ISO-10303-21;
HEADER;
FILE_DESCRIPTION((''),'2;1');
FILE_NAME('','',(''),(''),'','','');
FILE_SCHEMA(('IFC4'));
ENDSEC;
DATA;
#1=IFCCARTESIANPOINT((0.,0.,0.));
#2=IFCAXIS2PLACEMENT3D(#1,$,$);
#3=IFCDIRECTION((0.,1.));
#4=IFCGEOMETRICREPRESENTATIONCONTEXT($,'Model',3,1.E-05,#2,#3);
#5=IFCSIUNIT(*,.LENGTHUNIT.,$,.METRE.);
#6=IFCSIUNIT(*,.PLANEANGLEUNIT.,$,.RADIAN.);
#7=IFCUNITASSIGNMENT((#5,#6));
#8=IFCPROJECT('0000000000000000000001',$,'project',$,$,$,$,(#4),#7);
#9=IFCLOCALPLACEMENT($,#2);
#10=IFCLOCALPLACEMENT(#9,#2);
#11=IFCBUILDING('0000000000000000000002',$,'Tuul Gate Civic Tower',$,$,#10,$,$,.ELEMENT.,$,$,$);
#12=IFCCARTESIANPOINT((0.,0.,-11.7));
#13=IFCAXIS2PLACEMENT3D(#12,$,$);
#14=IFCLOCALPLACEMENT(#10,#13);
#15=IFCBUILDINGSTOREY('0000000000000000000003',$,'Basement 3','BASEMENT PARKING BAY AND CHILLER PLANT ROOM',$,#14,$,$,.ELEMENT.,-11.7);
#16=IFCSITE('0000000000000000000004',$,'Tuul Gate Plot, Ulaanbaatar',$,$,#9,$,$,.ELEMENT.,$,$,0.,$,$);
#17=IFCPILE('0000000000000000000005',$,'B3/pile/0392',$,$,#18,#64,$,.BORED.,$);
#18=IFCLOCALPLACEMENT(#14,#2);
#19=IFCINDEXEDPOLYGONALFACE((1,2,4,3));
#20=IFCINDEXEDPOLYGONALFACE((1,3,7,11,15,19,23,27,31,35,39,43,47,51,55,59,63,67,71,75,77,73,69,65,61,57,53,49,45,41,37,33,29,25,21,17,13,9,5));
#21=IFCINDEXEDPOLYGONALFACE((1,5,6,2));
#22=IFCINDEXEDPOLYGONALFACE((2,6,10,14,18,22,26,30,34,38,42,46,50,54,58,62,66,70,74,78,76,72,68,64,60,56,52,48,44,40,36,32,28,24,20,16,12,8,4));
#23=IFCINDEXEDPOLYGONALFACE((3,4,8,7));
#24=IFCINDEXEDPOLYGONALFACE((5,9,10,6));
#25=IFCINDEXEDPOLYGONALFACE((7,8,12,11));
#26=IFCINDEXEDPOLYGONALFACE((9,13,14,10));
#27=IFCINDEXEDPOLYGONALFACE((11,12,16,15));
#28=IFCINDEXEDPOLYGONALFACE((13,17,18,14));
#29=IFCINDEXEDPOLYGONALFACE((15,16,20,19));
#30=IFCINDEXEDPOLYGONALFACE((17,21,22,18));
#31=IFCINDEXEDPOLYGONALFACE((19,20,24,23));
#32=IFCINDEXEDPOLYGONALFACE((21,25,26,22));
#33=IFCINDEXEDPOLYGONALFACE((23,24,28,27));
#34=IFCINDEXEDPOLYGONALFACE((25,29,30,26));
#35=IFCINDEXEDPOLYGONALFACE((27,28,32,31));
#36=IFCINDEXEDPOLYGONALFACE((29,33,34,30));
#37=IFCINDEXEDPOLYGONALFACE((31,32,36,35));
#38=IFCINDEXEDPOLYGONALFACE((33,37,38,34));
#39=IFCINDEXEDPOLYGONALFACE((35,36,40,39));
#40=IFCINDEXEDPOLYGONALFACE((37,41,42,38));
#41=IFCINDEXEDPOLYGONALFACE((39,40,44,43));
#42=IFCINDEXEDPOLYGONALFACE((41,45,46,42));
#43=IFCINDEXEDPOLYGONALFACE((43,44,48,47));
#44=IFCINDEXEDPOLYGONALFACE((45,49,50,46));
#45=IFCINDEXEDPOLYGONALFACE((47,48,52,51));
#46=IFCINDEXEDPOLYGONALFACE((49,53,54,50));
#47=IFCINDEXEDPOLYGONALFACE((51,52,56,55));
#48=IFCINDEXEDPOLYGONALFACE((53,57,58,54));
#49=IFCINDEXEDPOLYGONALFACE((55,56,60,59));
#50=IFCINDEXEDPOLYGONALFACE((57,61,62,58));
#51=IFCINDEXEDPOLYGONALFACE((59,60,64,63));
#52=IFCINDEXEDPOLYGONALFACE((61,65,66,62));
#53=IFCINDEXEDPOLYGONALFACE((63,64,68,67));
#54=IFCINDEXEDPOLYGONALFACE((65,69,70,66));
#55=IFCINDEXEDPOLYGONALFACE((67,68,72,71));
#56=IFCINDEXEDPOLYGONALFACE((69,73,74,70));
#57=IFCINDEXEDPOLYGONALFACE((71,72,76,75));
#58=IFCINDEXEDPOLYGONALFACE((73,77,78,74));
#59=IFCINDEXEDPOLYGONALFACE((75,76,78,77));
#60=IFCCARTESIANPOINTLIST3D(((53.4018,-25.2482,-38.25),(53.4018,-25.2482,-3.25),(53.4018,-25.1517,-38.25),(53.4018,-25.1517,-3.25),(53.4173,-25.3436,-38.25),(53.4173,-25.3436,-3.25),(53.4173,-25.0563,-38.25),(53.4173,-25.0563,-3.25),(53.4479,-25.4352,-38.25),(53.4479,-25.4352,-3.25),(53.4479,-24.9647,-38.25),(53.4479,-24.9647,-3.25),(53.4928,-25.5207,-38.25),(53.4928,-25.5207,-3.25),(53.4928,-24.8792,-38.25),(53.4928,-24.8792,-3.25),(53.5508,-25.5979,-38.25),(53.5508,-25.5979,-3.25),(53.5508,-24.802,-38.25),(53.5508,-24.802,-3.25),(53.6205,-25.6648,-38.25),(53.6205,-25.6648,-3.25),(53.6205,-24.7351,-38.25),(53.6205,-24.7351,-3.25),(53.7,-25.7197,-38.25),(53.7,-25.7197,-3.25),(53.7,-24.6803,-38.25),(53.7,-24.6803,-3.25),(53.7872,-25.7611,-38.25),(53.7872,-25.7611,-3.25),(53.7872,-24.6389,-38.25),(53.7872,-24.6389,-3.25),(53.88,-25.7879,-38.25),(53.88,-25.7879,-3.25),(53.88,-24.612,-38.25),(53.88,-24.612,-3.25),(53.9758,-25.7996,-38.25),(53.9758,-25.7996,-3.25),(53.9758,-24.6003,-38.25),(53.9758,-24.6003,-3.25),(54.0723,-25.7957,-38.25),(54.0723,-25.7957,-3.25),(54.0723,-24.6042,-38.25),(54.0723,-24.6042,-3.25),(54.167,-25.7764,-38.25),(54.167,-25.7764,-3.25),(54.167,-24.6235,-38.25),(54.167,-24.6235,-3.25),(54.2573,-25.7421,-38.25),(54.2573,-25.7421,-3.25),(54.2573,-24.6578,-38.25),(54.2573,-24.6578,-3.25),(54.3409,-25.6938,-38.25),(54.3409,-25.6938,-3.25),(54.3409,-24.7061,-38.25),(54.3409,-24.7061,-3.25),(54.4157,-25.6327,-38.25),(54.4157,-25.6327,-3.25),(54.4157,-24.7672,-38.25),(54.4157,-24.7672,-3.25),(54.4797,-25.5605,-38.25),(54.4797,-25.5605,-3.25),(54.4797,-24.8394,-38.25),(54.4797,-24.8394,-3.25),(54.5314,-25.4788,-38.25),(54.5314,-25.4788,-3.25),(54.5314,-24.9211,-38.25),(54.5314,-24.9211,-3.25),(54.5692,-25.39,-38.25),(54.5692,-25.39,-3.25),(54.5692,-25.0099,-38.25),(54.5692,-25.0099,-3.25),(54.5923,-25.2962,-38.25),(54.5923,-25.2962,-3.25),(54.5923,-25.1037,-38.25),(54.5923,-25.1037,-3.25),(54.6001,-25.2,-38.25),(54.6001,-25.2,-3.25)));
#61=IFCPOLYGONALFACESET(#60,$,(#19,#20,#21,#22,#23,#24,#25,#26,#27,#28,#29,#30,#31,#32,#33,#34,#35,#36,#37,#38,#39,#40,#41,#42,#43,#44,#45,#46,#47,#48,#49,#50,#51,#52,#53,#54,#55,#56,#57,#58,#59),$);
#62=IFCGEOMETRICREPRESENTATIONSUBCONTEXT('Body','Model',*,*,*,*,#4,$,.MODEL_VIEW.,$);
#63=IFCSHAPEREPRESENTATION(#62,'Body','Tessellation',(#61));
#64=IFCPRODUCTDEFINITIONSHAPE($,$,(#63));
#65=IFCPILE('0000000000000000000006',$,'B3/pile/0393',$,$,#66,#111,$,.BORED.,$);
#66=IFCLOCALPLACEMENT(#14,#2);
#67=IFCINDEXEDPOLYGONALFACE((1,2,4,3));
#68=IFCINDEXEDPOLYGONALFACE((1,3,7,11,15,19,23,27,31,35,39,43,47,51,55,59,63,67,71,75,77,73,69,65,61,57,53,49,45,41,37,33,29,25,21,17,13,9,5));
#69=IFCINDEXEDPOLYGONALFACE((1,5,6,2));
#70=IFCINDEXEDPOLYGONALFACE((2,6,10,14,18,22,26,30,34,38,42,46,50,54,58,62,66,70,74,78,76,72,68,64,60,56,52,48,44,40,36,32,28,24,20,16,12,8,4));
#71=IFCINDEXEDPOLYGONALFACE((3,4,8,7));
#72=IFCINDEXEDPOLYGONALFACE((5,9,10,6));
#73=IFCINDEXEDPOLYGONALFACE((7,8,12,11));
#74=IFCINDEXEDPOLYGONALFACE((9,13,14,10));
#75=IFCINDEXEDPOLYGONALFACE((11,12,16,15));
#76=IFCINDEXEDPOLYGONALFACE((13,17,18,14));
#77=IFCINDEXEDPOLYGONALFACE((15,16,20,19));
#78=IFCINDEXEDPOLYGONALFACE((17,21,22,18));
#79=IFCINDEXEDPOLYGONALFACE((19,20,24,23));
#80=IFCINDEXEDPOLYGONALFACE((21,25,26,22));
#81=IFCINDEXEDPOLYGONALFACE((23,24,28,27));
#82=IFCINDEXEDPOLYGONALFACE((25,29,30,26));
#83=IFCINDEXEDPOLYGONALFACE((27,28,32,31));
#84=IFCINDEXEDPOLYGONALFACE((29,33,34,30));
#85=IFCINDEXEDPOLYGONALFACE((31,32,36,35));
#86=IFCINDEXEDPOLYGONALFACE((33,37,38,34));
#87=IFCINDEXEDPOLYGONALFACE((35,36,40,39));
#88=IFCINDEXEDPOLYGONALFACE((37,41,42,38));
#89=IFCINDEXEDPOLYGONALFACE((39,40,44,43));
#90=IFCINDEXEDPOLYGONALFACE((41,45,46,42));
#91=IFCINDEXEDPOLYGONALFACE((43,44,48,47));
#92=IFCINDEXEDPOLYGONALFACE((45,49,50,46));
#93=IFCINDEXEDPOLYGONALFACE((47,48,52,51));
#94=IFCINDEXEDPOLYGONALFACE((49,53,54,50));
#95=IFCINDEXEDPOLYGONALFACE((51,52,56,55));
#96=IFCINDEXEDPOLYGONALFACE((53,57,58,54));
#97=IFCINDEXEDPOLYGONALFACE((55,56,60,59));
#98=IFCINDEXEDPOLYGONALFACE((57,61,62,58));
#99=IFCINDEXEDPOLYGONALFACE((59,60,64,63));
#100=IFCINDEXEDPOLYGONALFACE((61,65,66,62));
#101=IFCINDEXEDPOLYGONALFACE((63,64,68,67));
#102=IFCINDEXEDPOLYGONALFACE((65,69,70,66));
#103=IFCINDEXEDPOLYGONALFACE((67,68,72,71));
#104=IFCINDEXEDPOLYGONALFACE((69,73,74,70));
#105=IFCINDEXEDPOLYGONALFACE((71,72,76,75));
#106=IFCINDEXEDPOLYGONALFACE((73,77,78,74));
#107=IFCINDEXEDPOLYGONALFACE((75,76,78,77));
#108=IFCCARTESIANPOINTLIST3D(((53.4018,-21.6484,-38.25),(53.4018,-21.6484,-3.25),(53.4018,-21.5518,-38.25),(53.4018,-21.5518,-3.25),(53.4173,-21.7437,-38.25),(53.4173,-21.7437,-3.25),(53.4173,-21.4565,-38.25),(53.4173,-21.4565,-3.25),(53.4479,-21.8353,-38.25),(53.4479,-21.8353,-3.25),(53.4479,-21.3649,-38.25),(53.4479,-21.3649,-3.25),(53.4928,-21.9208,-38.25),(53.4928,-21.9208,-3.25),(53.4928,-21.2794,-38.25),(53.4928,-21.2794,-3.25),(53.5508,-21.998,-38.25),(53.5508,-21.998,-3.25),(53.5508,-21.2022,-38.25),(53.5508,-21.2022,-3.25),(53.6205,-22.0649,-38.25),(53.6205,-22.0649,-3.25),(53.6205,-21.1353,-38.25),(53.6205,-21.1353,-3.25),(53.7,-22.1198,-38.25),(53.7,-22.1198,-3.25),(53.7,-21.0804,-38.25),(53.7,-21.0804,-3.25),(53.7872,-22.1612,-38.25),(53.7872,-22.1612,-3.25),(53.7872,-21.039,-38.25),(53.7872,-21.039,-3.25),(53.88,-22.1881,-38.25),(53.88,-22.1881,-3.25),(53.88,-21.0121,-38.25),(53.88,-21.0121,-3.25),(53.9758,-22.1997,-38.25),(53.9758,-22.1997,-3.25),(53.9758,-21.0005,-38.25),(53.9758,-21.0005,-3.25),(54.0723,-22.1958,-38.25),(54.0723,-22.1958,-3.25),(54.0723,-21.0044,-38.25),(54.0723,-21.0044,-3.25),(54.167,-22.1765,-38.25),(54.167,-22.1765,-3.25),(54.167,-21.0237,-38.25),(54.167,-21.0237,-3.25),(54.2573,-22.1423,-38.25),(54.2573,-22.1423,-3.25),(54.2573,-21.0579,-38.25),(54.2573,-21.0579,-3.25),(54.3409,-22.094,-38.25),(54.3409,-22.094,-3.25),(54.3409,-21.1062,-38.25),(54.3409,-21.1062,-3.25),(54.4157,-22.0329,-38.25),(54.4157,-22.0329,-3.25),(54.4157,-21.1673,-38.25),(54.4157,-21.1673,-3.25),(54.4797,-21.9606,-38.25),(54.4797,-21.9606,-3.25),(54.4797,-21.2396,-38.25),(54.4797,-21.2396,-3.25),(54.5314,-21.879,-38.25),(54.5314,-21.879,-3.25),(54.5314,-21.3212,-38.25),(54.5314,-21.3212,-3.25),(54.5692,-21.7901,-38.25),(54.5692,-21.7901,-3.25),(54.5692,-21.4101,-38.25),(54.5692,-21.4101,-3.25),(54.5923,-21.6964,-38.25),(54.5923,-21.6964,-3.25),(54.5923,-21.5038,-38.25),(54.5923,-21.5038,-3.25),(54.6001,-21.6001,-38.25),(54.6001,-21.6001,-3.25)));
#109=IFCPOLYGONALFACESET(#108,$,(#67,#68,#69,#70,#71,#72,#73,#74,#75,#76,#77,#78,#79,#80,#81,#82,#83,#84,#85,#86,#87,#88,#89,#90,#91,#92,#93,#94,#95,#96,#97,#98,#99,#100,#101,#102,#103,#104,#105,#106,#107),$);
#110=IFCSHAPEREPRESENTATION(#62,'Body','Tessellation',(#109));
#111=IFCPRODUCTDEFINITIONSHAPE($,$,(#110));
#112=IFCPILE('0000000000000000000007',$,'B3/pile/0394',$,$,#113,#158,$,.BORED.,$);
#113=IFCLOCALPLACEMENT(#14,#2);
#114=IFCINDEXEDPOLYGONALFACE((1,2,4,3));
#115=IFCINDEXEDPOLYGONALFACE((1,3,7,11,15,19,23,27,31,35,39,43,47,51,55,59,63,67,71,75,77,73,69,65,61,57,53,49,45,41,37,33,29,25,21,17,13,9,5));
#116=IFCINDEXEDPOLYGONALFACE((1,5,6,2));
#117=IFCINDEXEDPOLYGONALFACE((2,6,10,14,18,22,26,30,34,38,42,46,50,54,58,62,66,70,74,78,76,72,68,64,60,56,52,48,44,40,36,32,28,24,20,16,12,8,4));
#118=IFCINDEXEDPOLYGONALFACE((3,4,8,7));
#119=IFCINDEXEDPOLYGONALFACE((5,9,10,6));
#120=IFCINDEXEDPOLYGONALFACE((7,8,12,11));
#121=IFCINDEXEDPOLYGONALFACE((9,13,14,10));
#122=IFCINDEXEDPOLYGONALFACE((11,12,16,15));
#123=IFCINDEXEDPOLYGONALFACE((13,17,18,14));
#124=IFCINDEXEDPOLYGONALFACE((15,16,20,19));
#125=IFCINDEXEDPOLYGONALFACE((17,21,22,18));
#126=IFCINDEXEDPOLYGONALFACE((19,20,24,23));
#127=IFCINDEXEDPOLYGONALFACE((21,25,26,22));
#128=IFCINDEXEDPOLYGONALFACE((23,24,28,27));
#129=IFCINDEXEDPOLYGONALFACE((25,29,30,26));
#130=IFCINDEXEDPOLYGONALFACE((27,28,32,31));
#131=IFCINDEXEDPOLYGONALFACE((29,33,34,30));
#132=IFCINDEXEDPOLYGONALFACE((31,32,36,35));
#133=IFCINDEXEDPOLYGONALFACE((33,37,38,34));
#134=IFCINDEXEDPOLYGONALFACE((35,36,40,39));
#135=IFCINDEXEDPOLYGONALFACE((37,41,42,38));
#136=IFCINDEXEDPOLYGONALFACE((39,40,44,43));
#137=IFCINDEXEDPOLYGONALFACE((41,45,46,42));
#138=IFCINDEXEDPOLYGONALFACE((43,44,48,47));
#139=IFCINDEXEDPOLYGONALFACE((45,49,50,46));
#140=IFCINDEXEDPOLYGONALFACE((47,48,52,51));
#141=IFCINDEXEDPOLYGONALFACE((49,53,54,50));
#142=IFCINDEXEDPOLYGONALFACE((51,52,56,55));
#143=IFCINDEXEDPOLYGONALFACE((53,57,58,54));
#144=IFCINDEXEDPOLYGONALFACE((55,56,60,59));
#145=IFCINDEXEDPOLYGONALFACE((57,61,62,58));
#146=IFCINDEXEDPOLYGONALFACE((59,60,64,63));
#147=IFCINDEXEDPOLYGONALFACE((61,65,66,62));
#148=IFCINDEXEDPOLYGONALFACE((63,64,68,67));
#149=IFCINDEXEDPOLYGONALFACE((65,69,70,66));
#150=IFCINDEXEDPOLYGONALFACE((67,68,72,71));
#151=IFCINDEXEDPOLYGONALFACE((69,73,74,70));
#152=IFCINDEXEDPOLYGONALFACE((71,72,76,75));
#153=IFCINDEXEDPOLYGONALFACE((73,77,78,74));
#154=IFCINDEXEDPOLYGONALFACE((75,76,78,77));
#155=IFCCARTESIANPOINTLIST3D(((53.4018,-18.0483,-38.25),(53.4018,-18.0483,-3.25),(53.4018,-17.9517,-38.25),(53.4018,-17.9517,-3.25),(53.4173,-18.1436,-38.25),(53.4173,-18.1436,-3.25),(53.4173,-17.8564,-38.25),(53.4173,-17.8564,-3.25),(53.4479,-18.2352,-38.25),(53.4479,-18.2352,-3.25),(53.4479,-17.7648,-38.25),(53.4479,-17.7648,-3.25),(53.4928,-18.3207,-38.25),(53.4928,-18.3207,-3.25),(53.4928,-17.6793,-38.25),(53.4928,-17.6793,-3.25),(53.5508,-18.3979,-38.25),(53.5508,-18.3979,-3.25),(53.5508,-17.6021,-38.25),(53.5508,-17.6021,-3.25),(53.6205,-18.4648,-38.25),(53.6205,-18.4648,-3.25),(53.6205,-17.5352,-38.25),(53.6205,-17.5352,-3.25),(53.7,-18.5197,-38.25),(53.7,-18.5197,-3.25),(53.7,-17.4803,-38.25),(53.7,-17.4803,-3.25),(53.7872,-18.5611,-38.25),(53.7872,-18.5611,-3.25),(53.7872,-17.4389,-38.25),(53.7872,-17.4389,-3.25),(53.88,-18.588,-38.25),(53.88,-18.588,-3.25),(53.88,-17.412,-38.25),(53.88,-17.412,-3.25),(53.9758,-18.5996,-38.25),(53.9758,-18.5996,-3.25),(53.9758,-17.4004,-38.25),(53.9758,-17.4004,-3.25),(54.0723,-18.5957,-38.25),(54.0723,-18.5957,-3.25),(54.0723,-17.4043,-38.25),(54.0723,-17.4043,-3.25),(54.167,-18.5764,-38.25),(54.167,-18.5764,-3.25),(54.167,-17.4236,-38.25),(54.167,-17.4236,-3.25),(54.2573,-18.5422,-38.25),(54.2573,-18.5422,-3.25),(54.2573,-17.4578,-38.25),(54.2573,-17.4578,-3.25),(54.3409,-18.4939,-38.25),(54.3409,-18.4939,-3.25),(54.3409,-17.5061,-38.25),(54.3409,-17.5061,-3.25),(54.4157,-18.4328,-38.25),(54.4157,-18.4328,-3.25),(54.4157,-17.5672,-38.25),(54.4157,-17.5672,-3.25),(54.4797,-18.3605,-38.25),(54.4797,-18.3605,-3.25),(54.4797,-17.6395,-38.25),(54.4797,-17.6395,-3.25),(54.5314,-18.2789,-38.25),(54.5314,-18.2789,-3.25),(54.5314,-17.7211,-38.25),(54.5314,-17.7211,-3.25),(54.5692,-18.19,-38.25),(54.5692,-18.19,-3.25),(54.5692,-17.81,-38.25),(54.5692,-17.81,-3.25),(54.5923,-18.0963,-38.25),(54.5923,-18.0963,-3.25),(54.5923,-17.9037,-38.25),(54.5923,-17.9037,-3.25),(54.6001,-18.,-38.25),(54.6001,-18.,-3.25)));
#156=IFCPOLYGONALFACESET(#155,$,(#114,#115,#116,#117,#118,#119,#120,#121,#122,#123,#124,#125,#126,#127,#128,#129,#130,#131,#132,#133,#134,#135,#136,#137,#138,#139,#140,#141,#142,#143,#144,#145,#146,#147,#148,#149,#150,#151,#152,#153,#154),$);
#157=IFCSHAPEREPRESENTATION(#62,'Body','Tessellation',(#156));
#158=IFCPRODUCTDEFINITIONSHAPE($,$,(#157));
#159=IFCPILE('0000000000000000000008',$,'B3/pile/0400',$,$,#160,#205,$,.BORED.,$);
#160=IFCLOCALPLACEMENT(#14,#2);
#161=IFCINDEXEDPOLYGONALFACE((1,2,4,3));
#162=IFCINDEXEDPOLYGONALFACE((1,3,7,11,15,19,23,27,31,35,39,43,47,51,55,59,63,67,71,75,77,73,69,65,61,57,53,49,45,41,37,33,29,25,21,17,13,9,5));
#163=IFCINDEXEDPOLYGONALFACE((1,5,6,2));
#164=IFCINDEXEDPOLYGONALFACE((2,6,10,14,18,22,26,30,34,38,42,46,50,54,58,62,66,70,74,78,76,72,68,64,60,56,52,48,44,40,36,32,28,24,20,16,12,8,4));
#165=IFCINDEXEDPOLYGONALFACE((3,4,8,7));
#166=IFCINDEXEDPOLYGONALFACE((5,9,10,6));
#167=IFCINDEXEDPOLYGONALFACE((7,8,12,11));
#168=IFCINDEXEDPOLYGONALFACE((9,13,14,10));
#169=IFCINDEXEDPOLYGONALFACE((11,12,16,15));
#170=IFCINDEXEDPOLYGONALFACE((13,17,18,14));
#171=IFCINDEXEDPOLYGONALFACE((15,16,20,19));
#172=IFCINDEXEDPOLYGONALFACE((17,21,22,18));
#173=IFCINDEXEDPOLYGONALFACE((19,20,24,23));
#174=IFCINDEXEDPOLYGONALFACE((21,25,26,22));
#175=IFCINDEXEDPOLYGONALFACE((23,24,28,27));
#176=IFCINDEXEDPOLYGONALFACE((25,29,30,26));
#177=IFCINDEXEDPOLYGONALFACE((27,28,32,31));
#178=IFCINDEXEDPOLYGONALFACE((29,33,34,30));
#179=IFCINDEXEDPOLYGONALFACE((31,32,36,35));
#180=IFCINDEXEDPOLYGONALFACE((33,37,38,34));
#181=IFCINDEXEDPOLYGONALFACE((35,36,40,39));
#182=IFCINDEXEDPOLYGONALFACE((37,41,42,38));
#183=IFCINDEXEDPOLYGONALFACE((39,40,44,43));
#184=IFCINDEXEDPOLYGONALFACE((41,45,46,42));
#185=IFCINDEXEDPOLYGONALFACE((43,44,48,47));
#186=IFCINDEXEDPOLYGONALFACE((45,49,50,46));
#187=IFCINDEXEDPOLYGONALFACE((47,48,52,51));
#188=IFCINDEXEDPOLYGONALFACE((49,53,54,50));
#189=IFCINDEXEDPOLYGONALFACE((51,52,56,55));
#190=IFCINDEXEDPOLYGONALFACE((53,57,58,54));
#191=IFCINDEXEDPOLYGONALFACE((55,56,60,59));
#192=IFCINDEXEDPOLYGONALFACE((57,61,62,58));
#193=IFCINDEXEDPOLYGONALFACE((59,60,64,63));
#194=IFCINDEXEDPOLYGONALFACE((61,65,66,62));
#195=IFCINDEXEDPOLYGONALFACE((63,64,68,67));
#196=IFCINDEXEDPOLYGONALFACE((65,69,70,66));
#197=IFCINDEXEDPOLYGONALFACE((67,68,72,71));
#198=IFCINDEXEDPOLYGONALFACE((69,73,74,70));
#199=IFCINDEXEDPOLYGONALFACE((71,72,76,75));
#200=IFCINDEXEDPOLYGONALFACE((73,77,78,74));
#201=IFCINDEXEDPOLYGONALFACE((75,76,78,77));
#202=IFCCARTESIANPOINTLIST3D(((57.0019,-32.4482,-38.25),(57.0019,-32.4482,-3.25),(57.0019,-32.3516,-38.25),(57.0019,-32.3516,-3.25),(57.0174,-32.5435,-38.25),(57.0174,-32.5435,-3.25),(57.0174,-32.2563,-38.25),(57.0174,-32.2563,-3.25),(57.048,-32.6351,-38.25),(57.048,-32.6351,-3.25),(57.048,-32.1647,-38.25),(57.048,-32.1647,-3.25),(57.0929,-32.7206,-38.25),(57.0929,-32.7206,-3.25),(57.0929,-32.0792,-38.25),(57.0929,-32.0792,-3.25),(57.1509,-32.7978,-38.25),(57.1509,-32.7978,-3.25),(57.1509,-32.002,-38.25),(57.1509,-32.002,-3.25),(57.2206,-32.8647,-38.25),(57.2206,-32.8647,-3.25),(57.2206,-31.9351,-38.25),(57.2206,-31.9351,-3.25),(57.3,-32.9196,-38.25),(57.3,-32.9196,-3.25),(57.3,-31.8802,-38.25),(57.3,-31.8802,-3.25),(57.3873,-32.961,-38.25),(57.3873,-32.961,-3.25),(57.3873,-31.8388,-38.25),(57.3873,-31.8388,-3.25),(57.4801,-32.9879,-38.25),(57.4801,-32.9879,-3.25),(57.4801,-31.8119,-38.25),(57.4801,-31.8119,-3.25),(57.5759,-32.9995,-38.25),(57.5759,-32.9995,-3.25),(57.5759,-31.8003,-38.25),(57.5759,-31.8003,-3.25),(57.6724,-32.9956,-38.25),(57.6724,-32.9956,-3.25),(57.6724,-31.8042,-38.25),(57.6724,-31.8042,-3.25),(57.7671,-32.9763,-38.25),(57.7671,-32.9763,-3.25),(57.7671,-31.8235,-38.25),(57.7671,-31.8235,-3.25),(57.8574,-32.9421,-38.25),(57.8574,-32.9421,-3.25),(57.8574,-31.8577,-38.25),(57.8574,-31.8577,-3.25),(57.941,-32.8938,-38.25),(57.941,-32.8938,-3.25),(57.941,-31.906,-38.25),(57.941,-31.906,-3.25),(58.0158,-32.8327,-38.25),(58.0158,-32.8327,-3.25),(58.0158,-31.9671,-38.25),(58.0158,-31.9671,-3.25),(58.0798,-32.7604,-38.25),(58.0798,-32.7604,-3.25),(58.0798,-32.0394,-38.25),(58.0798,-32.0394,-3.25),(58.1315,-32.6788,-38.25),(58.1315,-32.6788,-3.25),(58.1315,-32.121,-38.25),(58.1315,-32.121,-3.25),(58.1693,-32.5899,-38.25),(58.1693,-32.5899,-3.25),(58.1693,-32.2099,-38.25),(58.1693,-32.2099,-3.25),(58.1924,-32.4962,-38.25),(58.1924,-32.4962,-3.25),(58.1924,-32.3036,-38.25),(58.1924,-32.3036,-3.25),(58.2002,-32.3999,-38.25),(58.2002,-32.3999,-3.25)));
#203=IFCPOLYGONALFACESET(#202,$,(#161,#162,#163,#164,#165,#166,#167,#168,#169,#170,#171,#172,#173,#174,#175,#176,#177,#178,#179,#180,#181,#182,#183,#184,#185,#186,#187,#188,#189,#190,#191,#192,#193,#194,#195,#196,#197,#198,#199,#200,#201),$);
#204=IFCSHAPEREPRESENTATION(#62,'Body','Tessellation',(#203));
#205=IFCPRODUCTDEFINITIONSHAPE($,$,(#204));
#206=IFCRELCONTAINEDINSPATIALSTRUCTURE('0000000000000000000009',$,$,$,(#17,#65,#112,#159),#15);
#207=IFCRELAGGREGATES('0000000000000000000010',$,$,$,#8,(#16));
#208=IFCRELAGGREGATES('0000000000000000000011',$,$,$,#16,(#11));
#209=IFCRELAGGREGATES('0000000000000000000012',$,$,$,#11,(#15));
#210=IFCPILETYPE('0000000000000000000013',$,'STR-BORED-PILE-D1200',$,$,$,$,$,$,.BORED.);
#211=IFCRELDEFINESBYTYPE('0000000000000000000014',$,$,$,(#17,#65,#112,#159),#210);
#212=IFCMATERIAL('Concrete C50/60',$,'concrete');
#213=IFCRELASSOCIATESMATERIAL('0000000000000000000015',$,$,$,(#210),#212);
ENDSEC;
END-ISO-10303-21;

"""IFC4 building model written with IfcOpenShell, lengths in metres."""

from ifc_helpers import new_model, si_unit, direction, frame, origin, origin_2d, place, context, subcontext, project, spatial, circle, extrude, material, material_profile, profile_set, type_object, element, save


model = new_model("IFC4")

# Units and contexts
model_context = context("Model", 3, precision=1e-05, world=origin(), true_north=direction((0.0, 1.0)))
body_context = subcontext(model_context, "Body", "Model", "MODEL_VIEW")
ifc_project = project(units=[si_unit("LENGTHUNIT", "METRE"), si_unit("PLANEANGLEUNIT", "RADIAN")], contexts=[model_context])

# Site, building, storey
site_placement = place(None, origin())
site = spatial("IfcSite", under=ifc_project, at=site_placement, Name="Tuul Gate Plot, Ulaanbaatar", CompositionType="ELEMENT", RefElevation=0.0)
building_placement = place(site_placement, origin())
building = spatial("IfcBuilding", under=site, at=building_placement, Name="Tuul Gate Civic Tower", CompositionType="ELEMENT")
storey_placement = place(building_placement, frame((0.0, 0.0, -11.7)))
storey = spatial("IfcBuildingStorey", under=building, at=storey_placement, Name="Basement 3", Description="BASEMENT PARKING BAY AND CHILLER PLANT ROOM", CompositionType="ELEMENT", Elevation=-11.7)

# Piles
ifc_material_1 = material(Name="Concrete C50/60", Category="concrete")
ifc_material_profile_1 = material_profile(ifc_material_1, circle(Radius=0.6001, at=origin_2d()), Name="PILE1200")
ifc_profile_set_1 = profile_set([ifc_material_profile_1], Name="Concrete C50/60")
pile_type = type_object("IfcPileType", Name="STR-BORED-PILE-D1200", PredefinedType="BORED", material=ifc_profile_set_1)
for number, where, z_axis, x_axis, name in (
    (1, (54.0, -25.2, -3.25), (0.0, 0.0, -1.0), (1.0, 0.0, 0.0), "B3/pile/0392"),
    (2, (54.0, -21.6001, -3.25), (0.0, 0.0, -1.0), (1.0, 0.0, 0.0), "B3/pile/0393"),
    (3, (54.0, -18.0, -3.25), (0.0, 0.0, -1.0), (1.0, 0.0, 0.0), "B3/pile/0394"),
    (4, (57.6001, -32.3999, -3.25), (0.0, 0.0, -1.0), (1.0, 0.0, 0.0), "B3/pile/0400"),
):
    element("IfcPile", number, at=place(storey_placement, frame(where, z_axis=z_axis, x_axis=x_axis)), inside=storey, type_object=pile_type, Name=name, PredefinedType="BORED", context=body_context, shape_type="SweptSolid", body=[
        extrude(circle(Radius=0.6001, at=origin_2d()), origin(), (0.0, 0.0, 1.0), 35.0),
    ])

save(model, "model.ifc")
